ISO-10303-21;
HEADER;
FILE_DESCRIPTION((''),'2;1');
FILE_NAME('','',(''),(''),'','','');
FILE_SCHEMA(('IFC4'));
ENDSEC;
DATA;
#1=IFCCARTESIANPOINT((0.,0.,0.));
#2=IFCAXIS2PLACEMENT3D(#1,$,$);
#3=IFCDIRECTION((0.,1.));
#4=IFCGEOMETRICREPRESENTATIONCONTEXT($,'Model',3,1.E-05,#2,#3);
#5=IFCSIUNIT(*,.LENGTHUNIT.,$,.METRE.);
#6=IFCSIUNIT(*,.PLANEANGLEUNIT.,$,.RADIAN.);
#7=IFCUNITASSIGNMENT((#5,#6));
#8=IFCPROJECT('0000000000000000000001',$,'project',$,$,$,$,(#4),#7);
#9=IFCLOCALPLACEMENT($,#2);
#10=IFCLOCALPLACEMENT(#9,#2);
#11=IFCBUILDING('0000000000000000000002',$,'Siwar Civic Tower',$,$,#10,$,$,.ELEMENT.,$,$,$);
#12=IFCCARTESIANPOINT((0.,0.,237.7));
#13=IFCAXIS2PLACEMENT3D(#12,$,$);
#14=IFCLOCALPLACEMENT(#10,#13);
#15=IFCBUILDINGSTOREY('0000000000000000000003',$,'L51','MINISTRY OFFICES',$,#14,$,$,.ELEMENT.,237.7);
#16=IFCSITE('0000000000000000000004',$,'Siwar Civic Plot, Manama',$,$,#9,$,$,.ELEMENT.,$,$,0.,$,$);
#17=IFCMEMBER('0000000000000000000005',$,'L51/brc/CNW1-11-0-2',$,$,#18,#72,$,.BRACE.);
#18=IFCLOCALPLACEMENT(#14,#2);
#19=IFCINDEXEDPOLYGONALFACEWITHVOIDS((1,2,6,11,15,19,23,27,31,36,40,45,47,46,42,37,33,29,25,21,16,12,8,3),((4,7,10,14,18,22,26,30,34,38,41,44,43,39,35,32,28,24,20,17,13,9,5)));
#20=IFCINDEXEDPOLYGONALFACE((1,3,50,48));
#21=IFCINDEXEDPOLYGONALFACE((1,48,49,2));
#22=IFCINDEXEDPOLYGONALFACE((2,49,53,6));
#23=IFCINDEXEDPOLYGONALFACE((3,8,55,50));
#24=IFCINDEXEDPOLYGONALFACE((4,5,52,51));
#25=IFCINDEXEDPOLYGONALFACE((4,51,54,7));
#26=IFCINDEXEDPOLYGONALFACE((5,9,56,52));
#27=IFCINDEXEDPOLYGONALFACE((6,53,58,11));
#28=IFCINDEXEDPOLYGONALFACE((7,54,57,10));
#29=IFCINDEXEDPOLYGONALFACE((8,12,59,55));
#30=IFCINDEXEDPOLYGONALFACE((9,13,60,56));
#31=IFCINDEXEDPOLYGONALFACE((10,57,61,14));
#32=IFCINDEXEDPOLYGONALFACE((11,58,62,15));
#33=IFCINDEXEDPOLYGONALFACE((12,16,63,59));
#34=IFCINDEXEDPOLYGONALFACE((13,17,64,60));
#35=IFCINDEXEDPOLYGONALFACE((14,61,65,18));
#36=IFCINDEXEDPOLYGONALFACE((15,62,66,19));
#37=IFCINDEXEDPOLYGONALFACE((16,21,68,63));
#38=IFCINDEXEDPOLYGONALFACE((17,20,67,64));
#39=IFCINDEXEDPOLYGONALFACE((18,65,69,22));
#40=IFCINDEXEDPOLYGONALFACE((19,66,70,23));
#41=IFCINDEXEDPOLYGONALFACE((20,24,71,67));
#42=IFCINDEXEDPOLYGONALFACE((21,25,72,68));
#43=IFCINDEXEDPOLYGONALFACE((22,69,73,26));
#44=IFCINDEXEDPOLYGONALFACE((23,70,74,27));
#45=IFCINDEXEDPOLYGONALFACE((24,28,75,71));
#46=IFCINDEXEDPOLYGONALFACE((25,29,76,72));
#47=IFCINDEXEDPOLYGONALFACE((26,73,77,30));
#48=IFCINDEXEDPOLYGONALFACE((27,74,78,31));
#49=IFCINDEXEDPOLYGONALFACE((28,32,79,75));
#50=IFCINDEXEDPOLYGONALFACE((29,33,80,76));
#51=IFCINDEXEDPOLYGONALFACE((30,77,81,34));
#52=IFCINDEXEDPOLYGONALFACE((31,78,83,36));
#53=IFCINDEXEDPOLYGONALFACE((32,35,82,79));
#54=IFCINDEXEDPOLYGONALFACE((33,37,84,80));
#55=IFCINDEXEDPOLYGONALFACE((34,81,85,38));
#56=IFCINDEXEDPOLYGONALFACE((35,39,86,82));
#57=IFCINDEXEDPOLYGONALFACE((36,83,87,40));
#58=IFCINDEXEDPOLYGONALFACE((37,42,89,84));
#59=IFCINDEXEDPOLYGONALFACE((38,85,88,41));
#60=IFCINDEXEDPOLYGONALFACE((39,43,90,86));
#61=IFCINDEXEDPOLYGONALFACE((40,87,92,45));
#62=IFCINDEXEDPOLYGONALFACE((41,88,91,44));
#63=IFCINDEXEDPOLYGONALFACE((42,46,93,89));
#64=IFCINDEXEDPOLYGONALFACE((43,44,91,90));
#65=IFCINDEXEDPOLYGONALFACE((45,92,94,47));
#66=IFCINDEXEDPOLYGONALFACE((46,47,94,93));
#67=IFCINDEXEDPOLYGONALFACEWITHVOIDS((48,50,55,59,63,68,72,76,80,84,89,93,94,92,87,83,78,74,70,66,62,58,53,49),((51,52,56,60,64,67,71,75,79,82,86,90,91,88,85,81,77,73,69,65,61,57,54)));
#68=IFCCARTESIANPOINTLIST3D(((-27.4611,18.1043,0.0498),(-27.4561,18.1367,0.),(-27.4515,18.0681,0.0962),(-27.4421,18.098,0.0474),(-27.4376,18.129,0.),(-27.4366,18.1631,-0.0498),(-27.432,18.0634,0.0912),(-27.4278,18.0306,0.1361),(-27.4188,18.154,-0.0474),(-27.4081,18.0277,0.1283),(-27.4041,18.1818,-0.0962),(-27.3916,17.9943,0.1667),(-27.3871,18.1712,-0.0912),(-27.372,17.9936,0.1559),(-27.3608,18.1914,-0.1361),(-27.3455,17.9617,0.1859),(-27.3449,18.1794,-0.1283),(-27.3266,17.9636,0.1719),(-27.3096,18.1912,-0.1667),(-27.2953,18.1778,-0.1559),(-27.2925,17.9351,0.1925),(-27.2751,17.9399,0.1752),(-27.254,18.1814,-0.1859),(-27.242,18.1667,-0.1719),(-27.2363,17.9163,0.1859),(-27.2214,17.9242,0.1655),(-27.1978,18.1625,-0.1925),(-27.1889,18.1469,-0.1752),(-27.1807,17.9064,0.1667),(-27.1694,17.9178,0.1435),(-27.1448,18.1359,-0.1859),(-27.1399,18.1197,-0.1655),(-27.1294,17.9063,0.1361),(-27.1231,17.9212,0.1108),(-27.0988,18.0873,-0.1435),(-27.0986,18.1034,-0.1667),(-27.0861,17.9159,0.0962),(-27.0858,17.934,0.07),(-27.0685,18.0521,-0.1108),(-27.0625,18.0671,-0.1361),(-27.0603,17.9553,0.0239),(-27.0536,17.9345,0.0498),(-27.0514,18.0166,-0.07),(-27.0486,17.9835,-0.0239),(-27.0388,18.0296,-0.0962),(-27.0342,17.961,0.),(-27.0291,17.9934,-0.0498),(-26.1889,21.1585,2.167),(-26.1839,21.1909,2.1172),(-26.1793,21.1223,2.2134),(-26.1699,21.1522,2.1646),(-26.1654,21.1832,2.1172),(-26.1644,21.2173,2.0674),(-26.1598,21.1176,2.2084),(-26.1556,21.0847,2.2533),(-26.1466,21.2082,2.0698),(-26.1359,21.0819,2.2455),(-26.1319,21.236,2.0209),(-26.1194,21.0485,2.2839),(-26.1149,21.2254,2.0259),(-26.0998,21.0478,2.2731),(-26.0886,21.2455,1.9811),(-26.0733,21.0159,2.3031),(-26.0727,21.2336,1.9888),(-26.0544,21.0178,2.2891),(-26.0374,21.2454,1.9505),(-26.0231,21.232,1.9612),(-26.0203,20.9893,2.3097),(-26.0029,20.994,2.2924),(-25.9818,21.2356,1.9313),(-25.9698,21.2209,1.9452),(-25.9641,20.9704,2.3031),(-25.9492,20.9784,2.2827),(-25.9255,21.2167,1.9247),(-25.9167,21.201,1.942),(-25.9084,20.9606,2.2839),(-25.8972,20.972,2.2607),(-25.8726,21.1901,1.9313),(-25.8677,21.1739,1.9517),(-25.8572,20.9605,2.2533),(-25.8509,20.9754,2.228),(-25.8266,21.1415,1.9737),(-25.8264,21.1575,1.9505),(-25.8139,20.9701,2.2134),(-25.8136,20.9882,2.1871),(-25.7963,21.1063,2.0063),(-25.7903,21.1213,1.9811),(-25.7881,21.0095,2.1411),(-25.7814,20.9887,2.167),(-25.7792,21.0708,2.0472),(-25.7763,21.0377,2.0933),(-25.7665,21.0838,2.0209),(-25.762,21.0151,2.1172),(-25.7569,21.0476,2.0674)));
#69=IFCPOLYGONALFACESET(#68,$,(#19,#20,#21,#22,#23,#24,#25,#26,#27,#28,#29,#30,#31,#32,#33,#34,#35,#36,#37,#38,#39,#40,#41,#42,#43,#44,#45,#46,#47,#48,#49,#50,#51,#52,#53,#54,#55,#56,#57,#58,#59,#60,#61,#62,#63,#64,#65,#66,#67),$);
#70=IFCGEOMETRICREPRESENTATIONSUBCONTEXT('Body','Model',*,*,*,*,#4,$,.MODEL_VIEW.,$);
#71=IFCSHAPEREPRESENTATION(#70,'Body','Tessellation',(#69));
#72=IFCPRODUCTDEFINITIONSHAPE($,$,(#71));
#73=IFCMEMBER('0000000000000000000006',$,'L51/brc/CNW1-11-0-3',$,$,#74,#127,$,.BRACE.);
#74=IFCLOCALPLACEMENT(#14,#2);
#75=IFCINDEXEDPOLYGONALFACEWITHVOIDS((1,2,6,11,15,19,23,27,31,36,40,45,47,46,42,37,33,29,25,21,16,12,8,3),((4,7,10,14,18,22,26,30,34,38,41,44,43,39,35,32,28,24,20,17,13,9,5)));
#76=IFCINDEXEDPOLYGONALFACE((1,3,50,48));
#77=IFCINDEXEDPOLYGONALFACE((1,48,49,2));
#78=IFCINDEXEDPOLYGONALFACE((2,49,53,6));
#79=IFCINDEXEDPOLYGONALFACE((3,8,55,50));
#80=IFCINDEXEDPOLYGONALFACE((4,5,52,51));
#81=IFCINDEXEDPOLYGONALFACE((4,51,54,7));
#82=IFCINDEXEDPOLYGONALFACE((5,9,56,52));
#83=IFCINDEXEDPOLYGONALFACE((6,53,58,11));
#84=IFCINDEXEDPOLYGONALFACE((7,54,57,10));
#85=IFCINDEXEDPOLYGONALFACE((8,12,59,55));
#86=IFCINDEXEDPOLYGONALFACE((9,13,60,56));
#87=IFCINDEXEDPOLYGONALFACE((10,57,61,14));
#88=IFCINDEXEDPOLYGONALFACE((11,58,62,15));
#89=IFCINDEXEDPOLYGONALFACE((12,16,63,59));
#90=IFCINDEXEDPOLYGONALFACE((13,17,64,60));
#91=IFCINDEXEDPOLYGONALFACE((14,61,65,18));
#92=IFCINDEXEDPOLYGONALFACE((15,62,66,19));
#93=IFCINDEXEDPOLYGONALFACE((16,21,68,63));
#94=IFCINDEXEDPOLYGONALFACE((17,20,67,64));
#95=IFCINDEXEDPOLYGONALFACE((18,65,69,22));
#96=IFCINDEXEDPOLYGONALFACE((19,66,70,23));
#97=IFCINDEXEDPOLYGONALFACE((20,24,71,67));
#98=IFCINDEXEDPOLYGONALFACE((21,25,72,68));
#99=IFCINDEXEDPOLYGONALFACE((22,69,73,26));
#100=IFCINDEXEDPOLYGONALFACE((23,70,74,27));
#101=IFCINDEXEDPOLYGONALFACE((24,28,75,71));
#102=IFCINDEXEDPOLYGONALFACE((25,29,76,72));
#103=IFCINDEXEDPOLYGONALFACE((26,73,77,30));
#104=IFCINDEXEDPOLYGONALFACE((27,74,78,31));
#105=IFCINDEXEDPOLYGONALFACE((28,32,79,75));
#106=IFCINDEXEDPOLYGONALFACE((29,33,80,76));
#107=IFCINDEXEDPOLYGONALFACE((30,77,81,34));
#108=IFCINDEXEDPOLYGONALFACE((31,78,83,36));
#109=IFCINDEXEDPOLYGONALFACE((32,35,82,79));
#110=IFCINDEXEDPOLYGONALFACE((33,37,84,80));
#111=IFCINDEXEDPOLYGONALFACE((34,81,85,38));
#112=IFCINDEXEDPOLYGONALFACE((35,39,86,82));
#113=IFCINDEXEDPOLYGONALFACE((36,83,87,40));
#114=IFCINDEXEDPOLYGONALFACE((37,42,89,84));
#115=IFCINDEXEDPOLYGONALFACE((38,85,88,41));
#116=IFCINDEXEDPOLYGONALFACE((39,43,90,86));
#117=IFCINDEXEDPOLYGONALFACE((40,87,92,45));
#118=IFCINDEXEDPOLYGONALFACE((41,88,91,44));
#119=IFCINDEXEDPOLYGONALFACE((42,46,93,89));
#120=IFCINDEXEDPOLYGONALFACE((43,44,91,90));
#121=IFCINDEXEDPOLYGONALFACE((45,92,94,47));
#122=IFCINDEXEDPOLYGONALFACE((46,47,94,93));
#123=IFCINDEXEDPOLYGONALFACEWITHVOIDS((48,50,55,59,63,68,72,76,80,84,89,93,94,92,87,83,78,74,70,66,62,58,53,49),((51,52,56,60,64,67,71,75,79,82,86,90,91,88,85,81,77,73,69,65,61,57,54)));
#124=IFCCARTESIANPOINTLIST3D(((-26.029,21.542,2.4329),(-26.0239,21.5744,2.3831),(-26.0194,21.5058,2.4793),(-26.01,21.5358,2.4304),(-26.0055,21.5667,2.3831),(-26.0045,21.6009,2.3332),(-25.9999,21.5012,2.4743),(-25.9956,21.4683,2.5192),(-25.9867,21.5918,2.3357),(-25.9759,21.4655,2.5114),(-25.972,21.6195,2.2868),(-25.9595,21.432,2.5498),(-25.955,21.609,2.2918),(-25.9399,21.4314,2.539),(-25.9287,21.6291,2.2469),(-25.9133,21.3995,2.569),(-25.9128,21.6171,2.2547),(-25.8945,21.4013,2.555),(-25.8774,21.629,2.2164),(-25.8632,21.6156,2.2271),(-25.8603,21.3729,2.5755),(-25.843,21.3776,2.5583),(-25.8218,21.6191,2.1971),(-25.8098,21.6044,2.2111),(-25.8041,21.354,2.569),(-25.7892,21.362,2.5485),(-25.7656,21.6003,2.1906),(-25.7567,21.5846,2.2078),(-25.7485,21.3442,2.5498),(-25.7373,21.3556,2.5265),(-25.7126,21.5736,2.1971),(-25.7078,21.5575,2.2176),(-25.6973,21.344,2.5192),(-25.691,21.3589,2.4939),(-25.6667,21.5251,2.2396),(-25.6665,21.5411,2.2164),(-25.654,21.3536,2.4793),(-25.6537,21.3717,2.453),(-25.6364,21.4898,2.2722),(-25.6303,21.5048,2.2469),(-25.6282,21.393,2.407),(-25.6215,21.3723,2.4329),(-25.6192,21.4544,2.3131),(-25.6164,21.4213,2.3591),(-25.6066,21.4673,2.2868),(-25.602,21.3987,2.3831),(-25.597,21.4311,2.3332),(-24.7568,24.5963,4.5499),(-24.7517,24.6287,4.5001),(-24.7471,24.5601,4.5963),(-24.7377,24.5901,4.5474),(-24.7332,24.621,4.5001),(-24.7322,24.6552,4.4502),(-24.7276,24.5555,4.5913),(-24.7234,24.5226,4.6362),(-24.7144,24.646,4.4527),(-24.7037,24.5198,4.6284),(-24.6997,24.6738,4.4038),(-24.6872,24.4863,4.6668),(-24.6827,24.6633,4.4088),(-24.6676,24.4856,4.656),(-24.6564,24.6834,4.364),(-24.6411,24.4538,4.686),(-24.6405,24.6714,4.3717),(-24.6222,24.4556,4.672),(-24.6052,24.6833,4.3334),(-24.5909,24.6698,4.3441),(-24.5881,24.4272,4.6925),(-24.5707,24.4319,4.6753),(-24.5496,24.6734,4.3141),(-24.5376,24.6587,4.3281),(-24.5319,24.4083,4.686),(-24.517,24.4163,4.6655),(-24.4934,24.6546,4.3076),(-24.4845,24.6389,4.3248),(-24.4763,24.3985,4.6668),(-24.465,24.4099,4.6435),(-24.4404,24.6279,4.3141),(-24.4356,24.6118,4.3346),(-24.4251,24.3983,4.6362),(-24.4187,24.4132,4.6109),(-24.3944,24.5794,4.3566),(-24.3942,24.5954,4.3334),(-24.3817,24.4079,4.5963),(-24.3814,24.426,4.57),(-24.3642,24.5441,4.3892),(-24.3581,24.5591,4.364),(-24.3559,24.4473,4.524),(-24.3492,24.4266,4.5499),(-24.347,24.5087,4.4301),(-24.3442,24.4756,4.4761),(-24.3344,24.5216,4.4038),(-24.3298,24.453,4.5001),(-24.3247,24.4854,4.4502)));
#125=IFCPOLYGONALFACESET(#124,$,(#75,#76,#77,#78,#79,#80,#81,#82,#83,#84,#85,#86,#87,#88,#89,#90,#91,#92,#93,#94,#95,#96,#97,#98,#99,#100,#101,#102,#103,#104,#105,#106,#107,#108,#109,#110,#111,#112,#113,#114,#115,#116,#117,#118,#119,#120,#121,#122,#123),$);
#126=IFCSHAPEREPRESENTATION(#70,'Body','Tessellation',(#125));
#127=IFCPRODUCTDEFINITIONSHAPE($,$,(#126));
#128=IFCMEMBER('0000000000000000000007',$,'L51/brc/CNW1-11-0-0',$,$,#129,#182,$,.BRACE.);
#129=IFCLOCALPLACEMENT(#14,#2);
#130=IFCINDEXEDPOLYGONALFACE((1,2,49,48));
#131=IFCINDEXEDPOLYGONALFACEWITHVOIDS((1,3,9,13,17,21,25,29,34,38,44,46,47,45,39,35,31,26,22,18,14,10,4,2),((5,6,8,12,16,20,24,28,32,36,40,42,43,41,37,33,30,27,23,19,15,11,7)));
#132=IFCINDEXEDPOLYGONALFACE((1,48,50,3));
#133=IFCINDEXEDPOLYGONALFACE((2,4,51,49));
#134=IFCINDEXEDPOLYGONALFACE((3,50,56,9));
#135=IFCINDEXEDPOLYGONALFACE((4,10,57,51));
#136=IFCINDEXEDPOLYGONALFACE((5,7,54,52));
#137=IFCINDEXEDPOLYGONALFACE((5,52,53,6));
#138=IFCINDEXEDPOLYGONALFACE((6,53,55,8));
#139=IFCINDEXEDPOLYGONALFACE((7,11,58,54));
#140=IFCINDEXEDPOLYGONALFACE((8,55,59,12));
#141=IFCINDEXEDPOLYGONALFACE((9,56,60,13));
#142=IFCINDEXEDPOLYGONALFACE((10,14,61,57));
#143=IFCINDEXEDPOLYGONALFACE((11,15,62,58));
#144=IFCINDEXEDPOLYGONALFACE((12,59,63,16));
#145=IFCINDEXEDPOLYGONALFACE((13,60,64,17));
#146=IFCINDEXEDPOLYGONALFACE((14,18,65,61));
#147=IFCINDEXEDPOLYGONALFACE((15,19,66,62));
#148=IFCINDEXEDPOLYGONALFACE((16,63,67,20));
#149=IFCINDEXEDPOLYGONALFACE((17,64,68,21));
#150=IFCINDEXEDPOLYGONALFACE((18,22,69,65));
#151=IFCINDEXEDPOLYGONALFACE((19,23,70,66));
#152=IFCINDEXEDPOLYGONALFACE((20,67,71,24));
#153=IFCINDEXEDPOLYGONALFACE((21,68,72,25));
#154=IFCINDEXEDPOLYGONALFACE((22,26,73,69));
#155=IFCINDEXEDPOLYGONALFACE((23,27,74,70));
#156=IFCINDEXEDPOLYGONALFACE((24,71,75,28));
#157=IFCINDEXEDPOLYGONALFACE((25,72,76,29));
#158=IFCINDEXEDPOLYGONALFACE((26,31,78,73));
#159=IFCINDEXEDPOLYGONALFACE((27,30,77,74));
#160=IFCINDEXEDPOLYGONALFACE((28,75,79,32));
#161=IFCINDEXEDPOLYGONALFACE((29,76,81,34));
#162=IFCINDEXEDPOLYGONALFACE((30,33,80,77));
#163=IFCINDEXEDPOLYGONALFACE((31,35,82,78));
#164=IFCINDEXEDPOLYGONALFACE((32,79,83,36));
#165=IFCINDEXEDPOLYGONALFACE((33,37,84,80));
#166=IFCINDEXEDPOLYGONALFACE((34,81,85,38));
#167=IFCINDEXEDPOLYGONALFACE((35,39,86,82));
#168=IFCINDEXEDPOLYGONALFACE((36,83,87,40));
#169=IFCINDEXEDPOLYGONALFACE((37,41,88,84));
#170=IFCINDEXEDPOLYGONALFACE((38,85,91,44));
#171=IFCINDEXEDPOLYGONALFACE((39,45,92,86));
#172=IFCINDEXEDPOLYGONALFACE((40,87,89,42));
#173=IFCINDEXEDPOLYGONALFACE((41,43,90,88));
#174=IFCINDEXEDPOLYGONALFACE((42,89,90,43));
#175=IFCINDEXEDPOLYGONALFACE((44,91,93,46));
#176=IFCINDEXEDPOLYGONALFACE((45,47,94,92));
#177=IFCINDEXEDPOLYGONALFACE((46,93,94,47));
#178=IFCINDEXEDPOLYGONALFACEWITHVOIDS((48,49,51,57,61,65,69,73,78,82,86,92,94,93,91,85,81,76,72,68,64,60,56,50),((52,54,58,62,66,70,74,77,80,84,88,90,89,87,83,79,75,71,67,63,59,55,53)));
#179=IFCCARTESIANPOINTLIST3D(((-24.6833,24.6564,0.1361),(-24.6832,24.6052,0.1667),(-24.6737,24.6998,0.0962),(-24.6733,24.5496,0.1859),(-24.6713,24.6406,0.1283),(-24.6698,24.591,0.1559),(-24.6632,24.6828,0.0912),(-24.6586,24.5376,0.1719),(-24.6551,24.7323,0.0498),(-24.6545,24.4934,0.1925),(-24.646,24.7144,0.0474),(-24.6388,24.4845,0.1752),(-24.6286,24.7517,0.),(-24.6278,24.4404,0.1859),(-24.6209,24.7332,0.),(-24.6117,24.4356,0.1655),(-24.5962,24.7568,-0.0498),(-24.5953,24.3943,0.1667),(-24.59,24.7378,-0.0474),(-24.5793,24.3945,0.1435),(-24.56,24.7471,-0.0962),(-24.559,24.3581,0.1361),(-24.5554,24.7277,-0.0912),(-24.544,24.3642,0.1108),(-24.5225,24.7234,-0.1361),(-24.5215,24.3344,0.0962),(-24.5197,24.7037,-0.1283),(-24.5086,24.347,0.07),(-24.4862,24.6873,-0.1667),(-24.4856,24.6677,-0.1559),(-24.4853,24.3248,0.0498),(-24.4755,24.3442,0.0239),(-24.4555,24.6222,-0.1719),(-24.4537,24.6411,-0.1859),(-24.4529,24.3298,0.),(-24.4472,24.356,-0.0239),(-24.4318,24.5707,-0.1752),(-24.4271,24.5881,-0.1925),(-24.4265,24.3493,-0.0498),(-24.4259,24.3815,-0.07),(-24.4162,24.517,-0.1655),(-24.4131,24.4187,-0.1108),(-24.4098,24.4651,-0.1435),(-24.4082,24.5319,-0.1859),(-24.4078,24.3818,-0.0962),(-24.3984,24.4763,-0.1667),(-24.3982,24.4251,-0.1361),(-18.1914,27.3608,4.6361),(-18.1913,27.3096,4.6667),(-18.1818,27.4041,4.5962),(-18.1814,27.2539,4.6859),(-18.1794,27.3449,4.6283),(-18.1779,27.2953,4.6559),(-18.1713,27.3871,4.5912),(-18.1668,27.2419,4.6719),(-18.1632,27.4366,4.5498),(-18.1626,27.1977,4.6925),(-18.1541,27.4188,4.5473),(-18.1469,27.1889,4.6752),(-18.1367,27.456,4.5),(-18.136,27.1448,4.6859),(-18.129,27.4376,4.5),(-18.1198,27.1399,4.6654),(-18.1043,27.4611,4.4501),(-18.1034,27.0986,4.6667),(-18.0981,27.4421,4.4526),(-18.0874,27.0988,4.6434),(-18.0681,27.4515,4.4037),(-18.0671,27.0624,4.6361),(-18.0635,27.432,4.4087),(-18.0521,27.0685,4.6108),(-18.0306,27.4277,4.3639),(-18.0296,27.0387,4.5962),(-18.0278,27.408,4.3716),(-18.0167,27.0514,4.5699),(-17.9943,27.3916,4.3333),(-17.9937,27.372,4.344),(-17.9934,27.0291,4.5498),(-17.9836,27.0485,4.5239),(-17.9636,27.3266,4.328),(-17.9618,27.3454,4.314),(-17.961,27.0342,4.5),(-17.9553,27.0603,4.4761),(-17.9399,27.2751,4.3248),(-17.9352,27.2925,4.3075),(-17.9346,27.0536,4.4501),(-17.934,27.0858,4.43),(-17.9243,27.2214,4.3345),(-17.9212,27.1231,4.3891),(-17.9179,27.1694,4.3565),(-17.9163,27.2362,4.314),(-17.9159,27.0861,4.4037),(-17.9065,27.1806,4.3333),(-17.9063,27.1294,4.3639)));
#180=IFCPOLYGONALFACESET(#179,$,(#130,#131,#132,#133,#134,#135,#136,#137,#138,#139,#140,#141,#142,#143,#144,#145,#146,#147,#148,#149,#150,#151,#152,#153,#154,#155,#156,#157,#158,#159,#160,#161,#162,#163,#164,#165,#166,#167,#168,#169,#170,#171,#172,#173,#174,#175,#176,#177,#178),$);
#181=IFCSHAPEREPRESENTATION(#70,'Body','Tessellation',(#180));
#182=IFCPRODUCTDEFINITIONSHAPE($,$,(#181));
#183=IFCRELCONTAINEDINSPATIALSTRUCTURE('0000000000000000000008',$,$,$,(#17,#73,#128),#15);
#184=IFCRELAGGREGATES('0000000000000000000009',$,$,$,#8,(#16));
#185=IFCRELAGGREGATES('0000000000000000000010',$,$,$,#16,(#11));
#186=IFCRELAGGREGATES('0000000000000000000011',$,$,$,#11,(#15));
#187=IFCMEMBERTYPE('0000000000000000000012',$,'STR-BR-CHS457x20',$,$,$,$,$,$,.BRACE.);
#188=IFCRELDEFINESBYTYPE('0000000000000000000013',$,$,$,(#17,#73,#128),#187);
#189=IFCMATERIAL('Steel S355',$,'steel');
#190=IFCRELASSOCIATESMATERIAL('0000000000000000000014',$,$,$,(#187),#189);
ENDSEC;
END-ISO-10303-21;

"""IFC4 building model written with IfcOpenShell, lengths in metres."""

from ifc_helpers import new_model, si_unit, direction, frame, origin, origin_2d, place, context, subcontext, project, spatial, hollow_circle, extrude, material, material_profile, profile_set, type_object, element, save


model = new_model("IFC4")

# Units and contexts
model_context = context("Model", 3, precision=1e-05, world=origin(), true_north=direction((0.0, 1.0)))
body_context = subcontext(model_context, "Body", "Model", "MODEL_VIEW")
ifc_project = project(units=[si_unit("LENGTHUNIT", "METRE"), si_unit("PLANEANGLEUNIT", "RADIAN")], contexts=[model_context])

# Site, building, storey
site_placement = place(None, origin())
site = spatial("IfcSite", under=ifc_project, at=site_placement, Name="Siwar Civic Plot, Manama", CompositionType="ELEMENT", RefElevation=0.0)
building_placement = place(site_placement, origin())
building = spatial("IfcBuilding", under=site, at=building_placement, Name="Siwar Civic Tower", CompositionType="ELEMENT")
storey_placement = place(building_placement, frame((0.0, 0.0, 237.7)))
storey = spatial("IfcBuildingStorey", under=building, at=storey_placement, Name="L51", Description="MINISTRY OFFICES", CompositionType="ELEMENT", Elevation=237.7)

# Members
ifc_material_1 = material(Name="Steel S355", Category="steel")
ifc_material_profile_1 = material_profile(ifc_material_1, hollow_circle(Radius=0.2285, WallThickness=0.02, at=origin_2d()), Name="CHS457x20")
ifc_profile_set_1 = profile_set([ifc_material_profile_1], Name="Steel S355")
member_type_1 = type_object("IfcMemberType", Name="STR-BR-CHS457x20", PredefinedType="BRACE", material=ifc_profile_set_1)
for number, where, z_axis, x_axis, name in (
    (1, (-27.2451, 18.0488, 0.0), (0.323884, 0.777546, 0.538999), (-0.923116, 0.384521, 0.0), "L51/brc/CNW1-11-0-2"),
    (2, (-25.813, 21.4866, 2.3831), (0.323895, 0.777572, 0.538955), (-0.923116, 0.384521, 0.0), "L51/brc/CNW1-11-0-3"),
):
    element("IfcMember", number, at=place(storey_placement, frame(where, z_axis=z_axis, x_axis=x_axis)), inside=storey, type_object=member_type_1, Name=name, PredefinedType="BRACE", context=body_context, shape_type="SweptSolid", body=[
        extrude(hollow_circle(Radius=0.2285, WallThickness=0.02, at=origin_2d()), origin(), (0.0, 0.0, 1.0), 3.928),
    ])
member_1_placement = place(storey_placement, frame((-24.5408, 24.5408, 0.0), z_axis=(0.777555, 0.323906, 0.538975), x_axis=(-0.384539, 0.923109, 0.0)))
element("IfcMember", 3, at=member_1_placement, inside=storey, type_object=member_type_1, Name="L51/brc/CNW1-11-0-0", PredefinedType="BRACE", context=body_context, shape_type="SweptSolid", body=[
    extrude(hollow_circle(Radius=0.2285, WallThickness=0.02, at=origin_2d()), origin(), (0.0, 0.0, 1.0), 8.3491),
])

save(model, "model.ifc")
